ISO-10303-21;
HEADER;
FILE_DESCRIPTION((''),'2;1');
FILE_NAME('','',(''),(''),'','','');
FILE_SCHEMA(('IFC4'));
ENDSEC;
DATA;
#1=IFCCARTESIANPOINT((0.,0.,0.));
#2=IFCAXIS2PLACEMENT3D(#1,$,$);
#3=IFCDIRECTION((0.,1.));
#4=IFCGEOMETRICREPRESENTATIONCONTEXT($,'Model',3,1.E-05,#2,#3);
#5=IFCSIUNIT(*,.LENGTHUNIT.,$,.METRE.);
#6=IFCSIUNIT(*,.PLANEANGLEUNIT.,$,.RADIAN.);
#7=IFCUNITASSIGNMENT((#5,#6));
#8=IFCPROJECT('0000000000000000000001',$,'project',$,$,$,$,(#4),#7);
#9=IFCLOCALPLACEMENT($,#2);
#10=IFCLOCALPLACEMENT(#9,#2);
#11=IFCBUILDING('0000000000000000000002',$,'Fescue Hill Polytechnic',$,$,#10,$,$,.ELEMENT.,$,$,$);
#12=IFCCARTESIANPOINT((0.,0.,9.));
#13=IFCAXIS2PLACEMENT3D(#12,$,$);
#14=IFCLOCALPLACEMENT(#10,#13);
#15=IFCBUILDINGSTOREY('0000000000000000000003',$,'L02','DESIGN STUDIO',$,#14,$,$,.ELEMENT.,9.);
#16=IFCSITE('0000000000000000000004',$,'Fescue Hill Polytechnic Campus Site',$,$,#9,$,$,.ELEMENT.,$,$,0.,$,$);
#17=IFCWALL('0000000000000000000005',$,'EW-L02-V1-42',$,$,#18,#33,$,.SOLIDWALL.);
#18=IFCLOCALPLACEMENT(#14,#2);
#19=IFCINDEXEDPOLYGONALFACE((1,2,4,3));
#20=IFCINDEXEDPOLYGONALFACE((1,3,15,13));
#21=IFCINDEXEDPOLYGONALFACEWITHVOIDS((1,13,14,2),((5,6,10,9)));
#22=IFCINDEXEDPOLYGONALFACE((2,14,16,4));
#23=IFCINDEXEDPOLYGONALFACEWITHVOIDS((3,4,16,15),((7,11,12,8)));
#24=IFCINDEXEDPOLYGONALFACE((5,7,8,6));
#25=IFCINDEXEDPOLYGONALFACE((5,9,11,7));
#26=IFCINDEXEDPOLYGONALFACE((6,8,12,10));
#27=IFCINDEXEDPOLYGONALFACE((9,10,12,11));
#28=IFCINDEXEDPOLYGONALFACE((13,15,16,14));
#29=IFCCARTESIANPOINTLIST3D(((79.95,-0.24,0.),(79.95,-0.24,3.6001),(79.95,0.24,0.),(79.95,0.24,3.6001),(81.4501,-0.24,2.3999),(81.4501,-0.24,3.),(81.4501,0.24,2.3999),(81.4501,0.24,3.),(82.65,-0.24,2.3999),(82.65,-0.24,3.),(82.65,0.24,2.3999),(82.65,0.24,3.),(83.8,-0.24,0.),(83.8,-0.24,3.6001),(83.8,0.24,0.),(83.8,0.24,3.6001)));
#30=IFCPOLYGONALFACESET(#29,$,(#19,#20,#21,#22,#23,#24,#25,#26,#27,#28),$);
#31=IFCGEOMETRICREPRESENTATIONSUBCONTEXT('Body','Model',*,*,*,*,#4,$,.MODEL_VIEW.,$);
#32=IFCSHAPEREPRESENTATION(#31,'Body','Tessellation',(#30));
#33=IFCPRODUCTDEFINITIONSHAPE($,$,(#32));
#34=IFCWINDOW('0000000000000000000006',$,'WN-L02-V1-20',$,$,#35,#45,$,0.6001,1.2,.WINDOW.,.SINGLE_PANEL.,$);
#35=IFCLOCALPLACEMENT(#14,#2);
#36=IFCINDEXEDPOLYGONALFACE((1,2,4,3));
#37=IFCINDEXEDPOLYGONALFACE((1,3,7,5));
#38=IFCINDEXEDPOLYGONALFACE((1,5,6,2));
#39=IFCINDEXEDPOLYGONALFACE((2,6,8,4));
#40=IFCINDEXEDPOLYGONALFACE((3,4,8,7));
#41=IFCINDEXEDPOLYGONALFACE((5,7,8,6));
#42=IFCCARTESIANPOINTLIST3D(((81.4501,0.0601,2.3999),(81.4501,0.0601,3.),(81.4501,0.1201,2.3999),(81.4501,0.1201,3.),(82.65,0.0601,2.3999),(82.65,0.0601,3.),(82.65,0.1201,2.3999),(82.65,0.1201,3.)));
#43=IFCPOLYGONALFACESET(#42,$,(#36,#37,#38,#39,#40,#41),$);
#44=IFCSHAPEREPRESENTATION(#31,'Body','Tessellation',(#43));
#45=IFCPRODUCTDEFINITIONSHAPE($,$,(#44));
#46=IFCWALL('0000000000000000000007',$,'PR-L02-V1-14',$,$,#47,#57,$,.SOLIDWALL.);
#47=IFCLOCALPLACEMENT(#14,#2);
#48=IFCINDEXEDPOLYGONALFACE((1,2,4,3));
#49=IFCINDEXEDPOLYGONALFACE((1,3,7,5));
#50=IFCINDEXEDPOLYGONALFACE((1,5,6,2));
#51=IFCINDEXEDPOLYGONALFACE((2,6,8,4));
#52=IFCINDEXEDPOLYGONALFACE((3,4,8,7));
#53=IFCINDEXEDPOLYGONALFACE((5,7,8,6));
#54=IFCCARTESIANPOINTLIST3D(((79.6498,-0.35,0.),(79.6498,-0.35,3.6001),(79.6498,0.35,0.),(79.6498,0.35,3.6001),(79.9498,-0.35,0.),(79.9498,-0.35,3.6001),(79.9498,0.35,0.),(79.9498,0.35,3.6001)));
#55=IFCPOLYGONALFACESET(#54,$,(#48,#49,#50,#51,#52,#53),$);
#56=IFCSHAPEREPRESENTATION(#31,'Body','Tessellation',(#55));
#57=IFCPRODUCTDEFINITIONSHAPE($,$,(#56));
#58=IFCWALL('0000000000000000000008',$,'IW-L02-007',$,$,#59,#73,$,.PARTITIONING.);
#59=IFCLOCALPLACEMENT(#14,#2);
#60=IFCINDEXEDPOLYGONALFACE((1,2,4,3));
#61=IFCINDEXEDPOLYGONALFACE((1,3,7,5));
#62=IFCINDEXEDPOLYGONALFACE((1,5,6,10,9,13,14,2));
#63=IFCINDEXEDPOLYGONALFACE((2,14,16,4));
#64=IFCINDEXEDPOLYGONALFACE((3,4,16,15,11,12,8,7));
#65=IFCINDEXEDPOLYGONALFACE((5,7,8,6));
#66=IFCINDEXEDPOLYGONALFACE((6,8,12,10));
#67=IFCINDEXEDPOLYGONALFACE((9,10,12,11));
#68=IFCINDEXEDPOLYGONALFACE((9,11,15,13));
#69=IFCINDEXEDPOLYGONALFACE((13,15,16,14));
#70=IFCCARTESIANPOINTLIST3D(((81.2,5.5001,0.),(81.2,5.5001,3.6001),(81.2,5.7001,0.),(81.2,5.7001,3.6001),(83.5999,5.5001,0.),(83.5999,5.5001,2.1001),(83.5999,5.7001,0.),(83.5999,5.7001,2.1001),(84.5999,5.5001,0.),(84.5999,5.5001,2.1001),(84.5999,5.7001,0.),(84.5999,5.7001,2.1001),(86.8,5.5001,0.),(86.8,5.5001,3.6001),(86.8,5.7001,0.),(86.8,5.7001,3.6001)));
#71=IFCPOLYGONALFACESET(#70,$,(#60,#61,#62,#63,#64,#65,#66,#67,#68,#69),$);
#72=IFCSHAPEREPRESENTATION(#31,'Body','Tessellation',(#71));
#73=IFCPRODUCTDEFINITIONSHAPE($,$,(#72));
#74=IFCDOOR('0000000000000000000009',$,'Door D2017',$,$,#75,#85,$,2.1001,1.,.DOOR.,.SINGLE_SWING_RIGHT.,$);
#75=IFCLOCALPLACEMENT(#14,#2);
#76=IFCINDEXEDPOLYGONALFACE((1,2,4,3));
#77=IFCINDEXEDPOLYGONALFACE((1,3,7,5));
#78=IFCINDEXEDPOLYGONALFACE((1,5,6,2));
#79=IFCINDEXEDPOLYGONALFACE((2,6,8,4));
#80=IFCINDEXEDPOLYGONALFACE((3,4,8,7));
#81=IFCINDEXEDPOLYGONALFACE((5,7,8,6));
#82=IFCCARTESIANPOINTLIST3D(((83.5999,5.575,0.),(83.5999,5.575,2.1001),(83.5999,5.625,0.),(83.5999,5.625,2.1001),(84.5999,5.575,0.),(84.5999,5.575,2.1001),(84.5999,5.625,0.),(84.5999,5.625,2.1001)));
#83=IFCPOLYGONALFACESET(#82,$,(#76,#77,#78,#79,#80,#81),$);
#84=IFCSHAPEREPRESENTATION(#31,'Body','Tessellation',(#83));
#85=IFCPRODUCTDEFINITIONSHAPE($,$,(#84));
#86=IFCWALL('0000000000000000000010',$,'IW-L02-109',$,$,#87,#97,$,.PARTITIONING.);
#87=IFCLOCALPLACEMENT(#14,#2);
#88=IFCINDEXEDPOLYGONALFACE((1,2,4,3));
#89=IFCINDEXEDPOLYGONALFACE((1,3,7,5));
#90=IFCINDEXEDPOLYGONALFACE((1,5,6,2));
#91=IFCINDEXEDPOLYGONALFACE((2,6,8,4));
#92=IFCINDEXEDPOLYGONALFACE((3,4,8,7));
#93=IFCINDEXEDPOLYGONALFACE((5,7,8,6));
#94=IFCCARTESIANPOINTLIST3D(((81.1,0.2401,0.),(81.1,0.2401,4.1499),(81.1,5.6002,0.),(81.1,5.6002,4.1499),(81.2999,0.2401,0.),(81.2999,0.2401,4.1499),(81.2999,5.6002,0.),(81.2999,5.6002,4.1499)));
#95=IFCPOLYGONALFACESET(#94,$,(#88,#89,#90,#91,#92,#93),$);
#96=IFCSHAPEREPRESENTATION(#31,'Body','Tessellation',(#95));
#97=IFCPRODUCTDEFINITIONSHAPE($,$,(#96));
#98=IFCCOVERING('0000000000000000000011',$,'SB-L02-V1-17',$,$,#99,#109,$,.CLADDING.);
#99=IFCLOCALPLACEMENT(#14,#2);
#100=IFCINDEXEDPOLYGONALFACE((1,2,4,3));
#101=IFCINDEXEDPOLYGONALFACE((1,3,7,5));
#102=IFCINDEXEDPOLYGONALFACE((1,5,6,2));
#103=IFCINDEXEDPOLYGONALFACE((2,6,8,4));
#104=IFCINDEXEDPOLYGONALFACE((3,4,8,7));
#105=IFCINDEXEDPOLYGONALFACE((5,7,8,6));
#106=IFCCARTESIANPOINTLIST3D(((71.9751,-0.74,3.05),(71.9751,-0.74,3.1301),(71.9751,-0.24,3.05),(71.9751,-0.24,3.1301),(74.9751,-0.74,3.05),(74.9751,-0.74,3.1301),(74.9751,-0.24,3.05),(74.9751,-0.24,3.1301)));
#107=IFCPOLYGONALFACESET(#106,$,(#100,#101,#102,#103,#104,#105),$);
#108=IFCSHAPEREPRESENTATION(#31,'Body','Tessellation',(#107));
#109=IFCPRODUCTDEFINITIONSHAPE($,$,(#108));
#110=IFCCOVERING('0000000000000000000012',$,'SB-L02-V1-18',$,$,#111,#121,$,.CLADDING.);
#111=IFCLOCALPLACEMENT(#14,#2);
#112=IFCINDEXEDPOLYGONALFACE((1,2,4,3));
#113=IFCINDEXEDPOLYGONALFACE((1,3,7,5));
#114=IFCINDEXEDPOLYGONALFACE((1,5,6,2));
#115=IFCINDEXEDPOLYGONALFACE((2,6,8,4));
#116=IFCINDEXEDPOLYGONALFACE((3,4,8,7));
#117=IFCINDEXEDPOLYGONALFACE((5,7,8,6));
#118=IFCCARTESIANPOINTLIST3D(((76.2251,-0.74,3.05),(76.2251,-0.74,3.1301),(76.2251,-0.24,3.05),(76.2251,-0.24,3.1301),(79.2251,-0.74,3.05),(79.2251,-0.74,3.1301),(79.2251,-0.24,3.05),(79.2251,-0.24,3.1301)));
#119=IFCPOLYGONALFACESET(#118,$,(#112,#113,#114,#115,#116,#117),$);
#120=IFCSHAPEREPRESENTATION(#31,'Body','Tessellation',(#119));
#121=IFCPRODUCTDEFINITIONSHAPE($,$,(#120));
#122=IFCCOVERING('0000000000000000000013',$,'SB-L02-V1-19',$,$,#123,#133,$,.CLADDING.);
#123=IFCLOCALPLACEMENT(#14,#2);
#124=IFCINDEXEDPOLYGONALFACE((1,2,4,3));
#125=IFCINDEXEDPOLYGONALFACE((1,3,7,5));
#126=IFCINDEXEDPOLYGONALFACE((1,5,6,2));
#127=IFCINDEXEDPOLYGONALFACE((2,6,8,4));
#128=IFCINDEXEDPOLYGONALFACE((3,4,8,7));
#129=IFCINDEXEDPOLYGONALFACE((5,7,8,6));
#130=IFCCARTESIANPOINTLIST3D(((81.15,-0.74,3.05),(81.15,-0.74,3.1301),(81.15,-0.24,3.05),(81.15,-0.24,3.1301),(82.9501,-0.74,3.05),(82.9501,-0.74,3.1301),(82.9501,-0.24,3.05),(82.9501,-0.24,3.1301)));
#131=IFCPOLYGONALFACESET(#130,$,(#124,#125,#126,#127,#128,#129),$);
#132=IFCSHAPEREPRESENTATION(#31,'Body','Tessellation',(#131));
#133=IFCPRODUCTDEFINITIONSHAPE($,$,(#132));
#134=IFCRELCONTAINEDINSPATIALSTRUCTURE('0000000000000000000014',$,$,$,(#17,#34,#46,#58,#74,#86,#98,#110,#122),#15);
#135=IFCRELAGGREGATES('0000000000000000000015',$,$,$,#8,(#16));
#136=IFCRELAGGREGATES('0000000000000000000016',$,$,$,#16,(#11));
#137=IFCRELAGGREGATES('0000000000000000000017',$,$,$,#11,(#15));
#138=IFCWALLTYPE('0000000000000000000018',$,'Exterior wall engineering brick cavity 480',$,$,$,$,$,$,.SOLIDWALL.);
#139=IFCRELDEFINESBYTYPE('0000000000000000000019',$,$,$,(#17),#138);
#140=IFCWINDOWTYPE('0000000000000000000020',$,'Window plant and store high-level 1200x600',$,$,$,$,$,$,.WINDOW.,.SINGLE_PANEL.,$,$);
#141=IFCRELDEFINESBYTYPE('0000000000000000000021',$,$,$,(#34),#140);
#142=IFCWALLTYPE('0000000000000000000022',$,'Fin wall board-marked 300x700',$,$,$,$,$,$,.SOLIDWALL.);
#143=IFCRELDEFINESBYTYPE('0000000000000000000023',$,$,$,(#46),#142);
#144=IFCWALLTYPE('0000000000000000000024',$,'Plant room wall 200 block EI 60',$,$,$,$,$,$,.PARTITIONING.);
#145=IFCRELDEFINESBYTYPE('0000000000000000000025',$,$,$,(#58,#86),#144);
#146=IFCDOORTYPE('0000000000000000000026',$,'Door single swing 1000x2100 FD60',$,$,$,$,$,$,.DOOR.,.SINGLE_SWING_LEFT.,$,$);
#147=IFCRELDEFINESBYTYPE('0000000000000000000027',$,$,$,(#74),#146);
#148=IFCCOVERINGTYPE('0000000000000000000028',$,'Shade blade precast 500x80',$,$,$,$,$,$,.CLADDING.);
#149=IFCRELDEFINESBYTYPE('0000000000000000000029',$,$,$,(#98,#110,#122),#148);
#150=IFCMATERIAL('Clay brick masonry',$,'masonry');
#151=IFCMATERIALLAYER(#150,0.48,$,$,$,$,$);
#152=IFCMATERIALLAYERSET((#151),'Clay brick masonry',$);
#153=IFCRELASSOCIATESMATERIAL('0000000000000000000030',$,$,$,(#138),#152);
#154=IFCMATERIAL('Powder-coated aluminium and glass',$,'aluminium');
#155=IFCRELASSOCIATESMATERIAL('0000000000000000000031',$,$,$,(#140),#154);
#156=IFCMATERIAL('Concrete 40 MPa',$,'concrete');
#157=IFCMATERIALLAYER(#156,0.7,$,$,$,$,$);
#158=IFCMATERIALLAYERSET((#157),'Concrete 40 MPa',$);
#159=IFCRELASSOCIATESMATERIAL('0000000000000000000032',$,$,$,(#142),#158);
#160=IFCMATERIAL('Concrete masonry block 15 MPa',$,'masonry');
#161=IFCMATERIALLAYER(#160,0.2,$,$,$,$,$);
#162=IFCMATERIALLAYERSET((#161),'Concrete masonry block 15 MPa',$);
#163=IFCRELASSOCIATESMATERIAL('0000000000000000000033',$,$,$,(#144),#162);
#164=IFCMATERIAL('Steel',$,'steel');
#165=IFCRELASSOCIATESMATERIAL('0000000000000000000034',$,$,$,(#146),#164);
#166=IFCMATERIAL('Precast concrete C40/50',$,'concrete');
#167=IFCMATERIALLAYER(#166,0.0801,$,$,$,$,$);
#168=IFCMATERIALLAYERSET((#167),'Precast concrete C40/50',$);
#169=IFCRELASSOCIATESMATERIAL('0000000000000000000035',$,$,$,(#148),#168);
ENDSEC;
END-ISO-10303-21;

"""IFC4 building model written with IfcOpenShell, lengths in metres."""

from ifc_helpers import new_model, si_unit, direction, frame, frame_2d, origin, origin_2d, place, context, subcontext, project, spatial, rectangle, extrude, material, layer, layer_set, type_object, element, fill, save


model = new_model("IFC4")

# Units and contexts
model_context = context("Model", 3, precision=1e-05, world=origin(), true_north=direction((0.0, 1.0)))
body_context = subcontext(model_context, "Body", "Model", "MODEL_VIEW")
ifc_project = project(units=[si_unit("LENGTHUNIT", "METRE"), si_unit("PLANEANGLEUNIT", "RADIAN")], contexts=[model_context])

# Site, building, storey
site_placement = place(None, origin())
site = spatial("IfcSite", under=ifc_project, at=site_placement, Name="Fescue Hill Polytechnic Campus Site", CompositionType="ELEMENT", RefElevation=0.0)
building_placement = place(site_placement, origin())
building = spatial("IfcBuilding", under=site, at=building_placement, Name="Fescue Hill Polytechnic", CompositionType="ELEMENT")
storey_placement = place(building_placement, frame((0.0, 0.0, 9.0)))
storey = spatial("IfcBuildingStorey", under=building, at=storey_placement, Name="L02", Description="DESIGN STUDIO", CompositionType="ELEMENT", Elevation=9.0)

# Shared definitions
ifc_material_1 = material(Name="Concrete 40 MPa", Category="concrete")

# Wall, opening, window
ifc_material_2 = material(Name="Clay brick masonry", Category="masonry")
ifc_layer_1 = layer(ifc_material_2, 0.48)
ifc_layer_set_1 = layer_set([ifc_layer_1], Name="Clay brick masonry")
wall_type_1 = type_object("IfcWallType", Name="Exterior wall engineering brick cavity 480", PredefinedType="SOLIDWALL", material=ifc_layer_set_1)
ifc_material_3 = material(Name="Powder-coated aluminium and glass", Category="aluminium")
wall_1_placement = place(storey_placement, frame((79.95, 0.0, 0.0), z_axis=(0.0, 0.0, 1.0), x_axis=(1.0, 0.0, 0.0)))
wall_1 = element("IfcWall", 1, at=wall_1_placement, inside=storey, type_object=wall_type_1, Name="EW-L02-V1-42", PredefinedType="SOLIDWALL", context=body_context, shape_type="SweptSolid", body=[
    extrude(rectangle(XDim=3.8501, YDim=0.48, at=frame_2d((1.925, 0.0))), origin(), (0.0, 0.0, 1.0), 3.6001),
])
opening_1_placement = place(wall_1_placement, frame((1.5, 0.0, 2.3999)))
opening_1 = element("IfcOpeningElement", 2, at=opening_1_placement, cuts=wall_1, PredefinedType="OPENING", context=body_context, shape_type="SweptSolid", body=[
    extrude(rectangle(XDim=1.2, YDim=0.6001, at=frame_2d((0.6001, 0.3))), frame((0.0, 0.25, 0.0), z_axis=(0.0, -1.0, 0.0), x_axis=(1.0, 0.0, 0.0)), (0.0, 0.0, 1.0), 0.5),
])
window_type_1 = type_object("IfcWindowType", Name="Window plant and store high-level 1200x600", PartitioningType="SINGLE_PANEL", PredefinedType="WINDOW", material=ifc_material_3)
window_1_placement = place(opening_1_placement, origin())
window_1 = element("IfcWindow", 3, at=window_1_placement, inside=storey, type_object=window_type_1, Name="WN-L02-V1-20", OverallHeight=0.6001, OverallWidth=1.2, PartitioningType="SINGLE_PANEL", PredefinedType="WINDOW", context=body_context, shape_type="SweptSolid", body=[
    extrude(rectangle(XDim=1.2, YDim=0.6001, at=frame_2d((0.6001, 0.3))), frame((0.0, 0.1201, 0.0), z_axis=(0.0, -1.0, 0.0), x_axis=(1.0, 0.0, 0.0)), (0.0, 0.0, 1.0), 0.0601),
])
fill(opening_1, window_1)

# Wall
ifc_layer_2 = layer(ifc_material_1, 0.7)
ifc_layer_set_2 = layer_set([ifc_layer_2], Name="Concrete 40 MPa")
wall_type_2 = type_object("IfcWallType", Name="Fin wall board-marked 300x700", PredefinedType="SOLIDWALL", material=ifc_layer_set_2)
wall_2_placement = place(storey_placement, frame((79.6499, 0.0, 0.0), z_axis=(0.0, 0.0, 1.0), x_axis=(1.0, 0.0, 0.0)))
element("IfcWall", 4, at=wall_2_placement, inside=storey, type_object=wall_type_2, Name="PR-L02-V1-14", PredefinedType="SOLIDWALL", context=body_context, shape_type="SweptSolid", body=[
    extrude(rectangle(XDim=0.3, YDim=0.7, at=frame_2d((0.1499, 0.0))), origin(), (0.0, 0.0, 1.0), 3.6001),
])

# Wall, opening, door
ifc_material_4 = material(Name="Concrete masonry block 15 MPa", Category="masonry")
ifc_layer_3 = layer(ifc_material_4, 0.2)
ifc_layer_set_3 = layer_set([ifc_layer_3], Name="Concrete masonry block 15 MPa")
wall_type_3 = type_object("IfcWallType", Name="Plant room wall 200 block EI 60", PredefinedType="PARTITIONING", material=ifc_layer_set_3)
wall_3_placement = place(storey_placement, frame((81.2, 5.6001, 0.0), z_axis=(0.0, 0.0, 1.0), x_axis=(1.0, 0.0, 0.0)))
wall_3 = element("IfcWall", 5, at=wall_3_placement, inside=storey, type_object=wall_type_3, Name="IW-L02-007", PredefinedType="PARTITIONING", context=body_context, shape_type="SweptSolid", body=[
    extrude(rectangle(XDim=5.6001, YDim=0.2, at=frame_2d((2.8, 0.0))), origin(), (0.0, 0.0, 1.0), 3.6001),
])
opening_2_placement = place(wall_3_placement, frame((2.3999, 0.0, 0.0)))
opening_2 = element("IfcOpeningElement", 6, at=opening_2_placement, cuts=wall_3, PredefinedType="OPENING", context=body_context, shape_type="SweptSolid", body=[
    extrude(rectangle(XDim=1.0, YDim=2.1001, at=frame_2d((0.5, 1.05))), frame((0.0, 0.1099, 0.0), z_axis=(0.0, -1.0, 0.0), x_axis=(1.0, 0.0, 0.0)), (0.0, 0.0, 1.0), 0.22),
])
ifc_material_5 = material(Name="Steel", Category="steel")
door_type = type_object("IfcDoorType", Name="Door single swing 1000x2100 FD60", OperationType="SINGLE_SWING_LEFT", PredefinedType="DOOR", material=ifc_material_5)
door_placement = place(opening_2_placement, origin())
door = element("IfcDoor", 7, at=door_placement, inside=storey, type_object=door_type, Name="Door D2017", OperationType="SINGLE_SWING_RIGHT", OverallHeight=2.1001, OverallWidth=1.0, PredefinedType="DOOR", context=body_context, shape_type="SweptSolid", body=[
    extrude(rectangle(XDim=1.0, YDim=2.1001, at=frame_2d((0.5, 1.05))), frame((0.0, 0.0249, 0.0), z_axis=(0.0, -1.0, 0.0), x_axis=(1.0, 0.0, 0.0)), (0.0, 0.0, 1.0), 0.05),
])
fill(opening_2, door)

# Wall
wall_4_placement = place(storey_placement, frame((81.2, 0.24, 0.0), z_axis=(0.0, 0.0, 1.0), x_axis=(0.0, 1.0, 0.0)))
element("IfcWall", 8, at=wall_4_placement, inside=storey, type_object=wall_type_3, Name="IW-L02-109", PredefinedType="PARTITIONING", context=body_context, shape_type="SweptSolid", body=[
    extrude(rectangle(XDim=5.3601, YDim=0.2, at=frame_2d((2.6802, 0.0))), origin(), (0.0, 0.0, 1.0), 4.1499),
])

# Coverings
ifc_material_6 = material(Name="Precast concrete C40/50", Category="concrete")
ifc_layer_4 = layer(ifc_material_6, 0.0801)
ifc_layer_set_4 = layer_set([ifc_layer_4], Name="Precast concrete C40/50")
covering_type = type_object("IfcCoveringType", Name="Shade blade precast 500x80", PredefinedType="CLADDING", material=ifc_layer_set_4)
for number, where, z_axis, x_axis, name in (
    (9, (73.4751, -0.49, 3.05), (0.0, 0.0, 1.0), (1.0, 0.0, 0.0), "SB-L02-V1-17"),
    (10, (77.7251, -0.49, 3.05), (0.0, 0.0, 1.0), (1.0, 0.0, 0.0), "SB-L02-V1-18"),
):
    element("IfcCovering", number, at=place(storey_placement, frame(where, z_axis=z_axis, x_axis=x_axis)), inside=storey, type_object=covering_type, Name=name, PredefinedType="CLADDING", context=body_context, shape_type="SweptSolid", body=[
        extrude(rectangle(XDim=3.0, YDim=0.5, at=origin_2d()), origin(), (0.0, 0.0, 1.0), 0.0801),
    ])
covering_placement = place(storey_placement, frame((82.05, -0.49, 3.05), z_axis=(0.0, 0.0, 1.0), x_axis=(1.0, 0.0, 0.0)))
element("IfcCovering", 11, at=covering_placement, inside=storey, type_object=covering_type, Name="SB-L02-V1-19", PredefinedType="CLADDING", context=body_context, shape_type="SweptSolid", body=[
    extrude(rectangle(XDim=1.8, YDim=0.5, at=origin_2d()), origin(), (0.0, 0.0, 1.0), 0.0801),
])

save(model, "model.ifc")
